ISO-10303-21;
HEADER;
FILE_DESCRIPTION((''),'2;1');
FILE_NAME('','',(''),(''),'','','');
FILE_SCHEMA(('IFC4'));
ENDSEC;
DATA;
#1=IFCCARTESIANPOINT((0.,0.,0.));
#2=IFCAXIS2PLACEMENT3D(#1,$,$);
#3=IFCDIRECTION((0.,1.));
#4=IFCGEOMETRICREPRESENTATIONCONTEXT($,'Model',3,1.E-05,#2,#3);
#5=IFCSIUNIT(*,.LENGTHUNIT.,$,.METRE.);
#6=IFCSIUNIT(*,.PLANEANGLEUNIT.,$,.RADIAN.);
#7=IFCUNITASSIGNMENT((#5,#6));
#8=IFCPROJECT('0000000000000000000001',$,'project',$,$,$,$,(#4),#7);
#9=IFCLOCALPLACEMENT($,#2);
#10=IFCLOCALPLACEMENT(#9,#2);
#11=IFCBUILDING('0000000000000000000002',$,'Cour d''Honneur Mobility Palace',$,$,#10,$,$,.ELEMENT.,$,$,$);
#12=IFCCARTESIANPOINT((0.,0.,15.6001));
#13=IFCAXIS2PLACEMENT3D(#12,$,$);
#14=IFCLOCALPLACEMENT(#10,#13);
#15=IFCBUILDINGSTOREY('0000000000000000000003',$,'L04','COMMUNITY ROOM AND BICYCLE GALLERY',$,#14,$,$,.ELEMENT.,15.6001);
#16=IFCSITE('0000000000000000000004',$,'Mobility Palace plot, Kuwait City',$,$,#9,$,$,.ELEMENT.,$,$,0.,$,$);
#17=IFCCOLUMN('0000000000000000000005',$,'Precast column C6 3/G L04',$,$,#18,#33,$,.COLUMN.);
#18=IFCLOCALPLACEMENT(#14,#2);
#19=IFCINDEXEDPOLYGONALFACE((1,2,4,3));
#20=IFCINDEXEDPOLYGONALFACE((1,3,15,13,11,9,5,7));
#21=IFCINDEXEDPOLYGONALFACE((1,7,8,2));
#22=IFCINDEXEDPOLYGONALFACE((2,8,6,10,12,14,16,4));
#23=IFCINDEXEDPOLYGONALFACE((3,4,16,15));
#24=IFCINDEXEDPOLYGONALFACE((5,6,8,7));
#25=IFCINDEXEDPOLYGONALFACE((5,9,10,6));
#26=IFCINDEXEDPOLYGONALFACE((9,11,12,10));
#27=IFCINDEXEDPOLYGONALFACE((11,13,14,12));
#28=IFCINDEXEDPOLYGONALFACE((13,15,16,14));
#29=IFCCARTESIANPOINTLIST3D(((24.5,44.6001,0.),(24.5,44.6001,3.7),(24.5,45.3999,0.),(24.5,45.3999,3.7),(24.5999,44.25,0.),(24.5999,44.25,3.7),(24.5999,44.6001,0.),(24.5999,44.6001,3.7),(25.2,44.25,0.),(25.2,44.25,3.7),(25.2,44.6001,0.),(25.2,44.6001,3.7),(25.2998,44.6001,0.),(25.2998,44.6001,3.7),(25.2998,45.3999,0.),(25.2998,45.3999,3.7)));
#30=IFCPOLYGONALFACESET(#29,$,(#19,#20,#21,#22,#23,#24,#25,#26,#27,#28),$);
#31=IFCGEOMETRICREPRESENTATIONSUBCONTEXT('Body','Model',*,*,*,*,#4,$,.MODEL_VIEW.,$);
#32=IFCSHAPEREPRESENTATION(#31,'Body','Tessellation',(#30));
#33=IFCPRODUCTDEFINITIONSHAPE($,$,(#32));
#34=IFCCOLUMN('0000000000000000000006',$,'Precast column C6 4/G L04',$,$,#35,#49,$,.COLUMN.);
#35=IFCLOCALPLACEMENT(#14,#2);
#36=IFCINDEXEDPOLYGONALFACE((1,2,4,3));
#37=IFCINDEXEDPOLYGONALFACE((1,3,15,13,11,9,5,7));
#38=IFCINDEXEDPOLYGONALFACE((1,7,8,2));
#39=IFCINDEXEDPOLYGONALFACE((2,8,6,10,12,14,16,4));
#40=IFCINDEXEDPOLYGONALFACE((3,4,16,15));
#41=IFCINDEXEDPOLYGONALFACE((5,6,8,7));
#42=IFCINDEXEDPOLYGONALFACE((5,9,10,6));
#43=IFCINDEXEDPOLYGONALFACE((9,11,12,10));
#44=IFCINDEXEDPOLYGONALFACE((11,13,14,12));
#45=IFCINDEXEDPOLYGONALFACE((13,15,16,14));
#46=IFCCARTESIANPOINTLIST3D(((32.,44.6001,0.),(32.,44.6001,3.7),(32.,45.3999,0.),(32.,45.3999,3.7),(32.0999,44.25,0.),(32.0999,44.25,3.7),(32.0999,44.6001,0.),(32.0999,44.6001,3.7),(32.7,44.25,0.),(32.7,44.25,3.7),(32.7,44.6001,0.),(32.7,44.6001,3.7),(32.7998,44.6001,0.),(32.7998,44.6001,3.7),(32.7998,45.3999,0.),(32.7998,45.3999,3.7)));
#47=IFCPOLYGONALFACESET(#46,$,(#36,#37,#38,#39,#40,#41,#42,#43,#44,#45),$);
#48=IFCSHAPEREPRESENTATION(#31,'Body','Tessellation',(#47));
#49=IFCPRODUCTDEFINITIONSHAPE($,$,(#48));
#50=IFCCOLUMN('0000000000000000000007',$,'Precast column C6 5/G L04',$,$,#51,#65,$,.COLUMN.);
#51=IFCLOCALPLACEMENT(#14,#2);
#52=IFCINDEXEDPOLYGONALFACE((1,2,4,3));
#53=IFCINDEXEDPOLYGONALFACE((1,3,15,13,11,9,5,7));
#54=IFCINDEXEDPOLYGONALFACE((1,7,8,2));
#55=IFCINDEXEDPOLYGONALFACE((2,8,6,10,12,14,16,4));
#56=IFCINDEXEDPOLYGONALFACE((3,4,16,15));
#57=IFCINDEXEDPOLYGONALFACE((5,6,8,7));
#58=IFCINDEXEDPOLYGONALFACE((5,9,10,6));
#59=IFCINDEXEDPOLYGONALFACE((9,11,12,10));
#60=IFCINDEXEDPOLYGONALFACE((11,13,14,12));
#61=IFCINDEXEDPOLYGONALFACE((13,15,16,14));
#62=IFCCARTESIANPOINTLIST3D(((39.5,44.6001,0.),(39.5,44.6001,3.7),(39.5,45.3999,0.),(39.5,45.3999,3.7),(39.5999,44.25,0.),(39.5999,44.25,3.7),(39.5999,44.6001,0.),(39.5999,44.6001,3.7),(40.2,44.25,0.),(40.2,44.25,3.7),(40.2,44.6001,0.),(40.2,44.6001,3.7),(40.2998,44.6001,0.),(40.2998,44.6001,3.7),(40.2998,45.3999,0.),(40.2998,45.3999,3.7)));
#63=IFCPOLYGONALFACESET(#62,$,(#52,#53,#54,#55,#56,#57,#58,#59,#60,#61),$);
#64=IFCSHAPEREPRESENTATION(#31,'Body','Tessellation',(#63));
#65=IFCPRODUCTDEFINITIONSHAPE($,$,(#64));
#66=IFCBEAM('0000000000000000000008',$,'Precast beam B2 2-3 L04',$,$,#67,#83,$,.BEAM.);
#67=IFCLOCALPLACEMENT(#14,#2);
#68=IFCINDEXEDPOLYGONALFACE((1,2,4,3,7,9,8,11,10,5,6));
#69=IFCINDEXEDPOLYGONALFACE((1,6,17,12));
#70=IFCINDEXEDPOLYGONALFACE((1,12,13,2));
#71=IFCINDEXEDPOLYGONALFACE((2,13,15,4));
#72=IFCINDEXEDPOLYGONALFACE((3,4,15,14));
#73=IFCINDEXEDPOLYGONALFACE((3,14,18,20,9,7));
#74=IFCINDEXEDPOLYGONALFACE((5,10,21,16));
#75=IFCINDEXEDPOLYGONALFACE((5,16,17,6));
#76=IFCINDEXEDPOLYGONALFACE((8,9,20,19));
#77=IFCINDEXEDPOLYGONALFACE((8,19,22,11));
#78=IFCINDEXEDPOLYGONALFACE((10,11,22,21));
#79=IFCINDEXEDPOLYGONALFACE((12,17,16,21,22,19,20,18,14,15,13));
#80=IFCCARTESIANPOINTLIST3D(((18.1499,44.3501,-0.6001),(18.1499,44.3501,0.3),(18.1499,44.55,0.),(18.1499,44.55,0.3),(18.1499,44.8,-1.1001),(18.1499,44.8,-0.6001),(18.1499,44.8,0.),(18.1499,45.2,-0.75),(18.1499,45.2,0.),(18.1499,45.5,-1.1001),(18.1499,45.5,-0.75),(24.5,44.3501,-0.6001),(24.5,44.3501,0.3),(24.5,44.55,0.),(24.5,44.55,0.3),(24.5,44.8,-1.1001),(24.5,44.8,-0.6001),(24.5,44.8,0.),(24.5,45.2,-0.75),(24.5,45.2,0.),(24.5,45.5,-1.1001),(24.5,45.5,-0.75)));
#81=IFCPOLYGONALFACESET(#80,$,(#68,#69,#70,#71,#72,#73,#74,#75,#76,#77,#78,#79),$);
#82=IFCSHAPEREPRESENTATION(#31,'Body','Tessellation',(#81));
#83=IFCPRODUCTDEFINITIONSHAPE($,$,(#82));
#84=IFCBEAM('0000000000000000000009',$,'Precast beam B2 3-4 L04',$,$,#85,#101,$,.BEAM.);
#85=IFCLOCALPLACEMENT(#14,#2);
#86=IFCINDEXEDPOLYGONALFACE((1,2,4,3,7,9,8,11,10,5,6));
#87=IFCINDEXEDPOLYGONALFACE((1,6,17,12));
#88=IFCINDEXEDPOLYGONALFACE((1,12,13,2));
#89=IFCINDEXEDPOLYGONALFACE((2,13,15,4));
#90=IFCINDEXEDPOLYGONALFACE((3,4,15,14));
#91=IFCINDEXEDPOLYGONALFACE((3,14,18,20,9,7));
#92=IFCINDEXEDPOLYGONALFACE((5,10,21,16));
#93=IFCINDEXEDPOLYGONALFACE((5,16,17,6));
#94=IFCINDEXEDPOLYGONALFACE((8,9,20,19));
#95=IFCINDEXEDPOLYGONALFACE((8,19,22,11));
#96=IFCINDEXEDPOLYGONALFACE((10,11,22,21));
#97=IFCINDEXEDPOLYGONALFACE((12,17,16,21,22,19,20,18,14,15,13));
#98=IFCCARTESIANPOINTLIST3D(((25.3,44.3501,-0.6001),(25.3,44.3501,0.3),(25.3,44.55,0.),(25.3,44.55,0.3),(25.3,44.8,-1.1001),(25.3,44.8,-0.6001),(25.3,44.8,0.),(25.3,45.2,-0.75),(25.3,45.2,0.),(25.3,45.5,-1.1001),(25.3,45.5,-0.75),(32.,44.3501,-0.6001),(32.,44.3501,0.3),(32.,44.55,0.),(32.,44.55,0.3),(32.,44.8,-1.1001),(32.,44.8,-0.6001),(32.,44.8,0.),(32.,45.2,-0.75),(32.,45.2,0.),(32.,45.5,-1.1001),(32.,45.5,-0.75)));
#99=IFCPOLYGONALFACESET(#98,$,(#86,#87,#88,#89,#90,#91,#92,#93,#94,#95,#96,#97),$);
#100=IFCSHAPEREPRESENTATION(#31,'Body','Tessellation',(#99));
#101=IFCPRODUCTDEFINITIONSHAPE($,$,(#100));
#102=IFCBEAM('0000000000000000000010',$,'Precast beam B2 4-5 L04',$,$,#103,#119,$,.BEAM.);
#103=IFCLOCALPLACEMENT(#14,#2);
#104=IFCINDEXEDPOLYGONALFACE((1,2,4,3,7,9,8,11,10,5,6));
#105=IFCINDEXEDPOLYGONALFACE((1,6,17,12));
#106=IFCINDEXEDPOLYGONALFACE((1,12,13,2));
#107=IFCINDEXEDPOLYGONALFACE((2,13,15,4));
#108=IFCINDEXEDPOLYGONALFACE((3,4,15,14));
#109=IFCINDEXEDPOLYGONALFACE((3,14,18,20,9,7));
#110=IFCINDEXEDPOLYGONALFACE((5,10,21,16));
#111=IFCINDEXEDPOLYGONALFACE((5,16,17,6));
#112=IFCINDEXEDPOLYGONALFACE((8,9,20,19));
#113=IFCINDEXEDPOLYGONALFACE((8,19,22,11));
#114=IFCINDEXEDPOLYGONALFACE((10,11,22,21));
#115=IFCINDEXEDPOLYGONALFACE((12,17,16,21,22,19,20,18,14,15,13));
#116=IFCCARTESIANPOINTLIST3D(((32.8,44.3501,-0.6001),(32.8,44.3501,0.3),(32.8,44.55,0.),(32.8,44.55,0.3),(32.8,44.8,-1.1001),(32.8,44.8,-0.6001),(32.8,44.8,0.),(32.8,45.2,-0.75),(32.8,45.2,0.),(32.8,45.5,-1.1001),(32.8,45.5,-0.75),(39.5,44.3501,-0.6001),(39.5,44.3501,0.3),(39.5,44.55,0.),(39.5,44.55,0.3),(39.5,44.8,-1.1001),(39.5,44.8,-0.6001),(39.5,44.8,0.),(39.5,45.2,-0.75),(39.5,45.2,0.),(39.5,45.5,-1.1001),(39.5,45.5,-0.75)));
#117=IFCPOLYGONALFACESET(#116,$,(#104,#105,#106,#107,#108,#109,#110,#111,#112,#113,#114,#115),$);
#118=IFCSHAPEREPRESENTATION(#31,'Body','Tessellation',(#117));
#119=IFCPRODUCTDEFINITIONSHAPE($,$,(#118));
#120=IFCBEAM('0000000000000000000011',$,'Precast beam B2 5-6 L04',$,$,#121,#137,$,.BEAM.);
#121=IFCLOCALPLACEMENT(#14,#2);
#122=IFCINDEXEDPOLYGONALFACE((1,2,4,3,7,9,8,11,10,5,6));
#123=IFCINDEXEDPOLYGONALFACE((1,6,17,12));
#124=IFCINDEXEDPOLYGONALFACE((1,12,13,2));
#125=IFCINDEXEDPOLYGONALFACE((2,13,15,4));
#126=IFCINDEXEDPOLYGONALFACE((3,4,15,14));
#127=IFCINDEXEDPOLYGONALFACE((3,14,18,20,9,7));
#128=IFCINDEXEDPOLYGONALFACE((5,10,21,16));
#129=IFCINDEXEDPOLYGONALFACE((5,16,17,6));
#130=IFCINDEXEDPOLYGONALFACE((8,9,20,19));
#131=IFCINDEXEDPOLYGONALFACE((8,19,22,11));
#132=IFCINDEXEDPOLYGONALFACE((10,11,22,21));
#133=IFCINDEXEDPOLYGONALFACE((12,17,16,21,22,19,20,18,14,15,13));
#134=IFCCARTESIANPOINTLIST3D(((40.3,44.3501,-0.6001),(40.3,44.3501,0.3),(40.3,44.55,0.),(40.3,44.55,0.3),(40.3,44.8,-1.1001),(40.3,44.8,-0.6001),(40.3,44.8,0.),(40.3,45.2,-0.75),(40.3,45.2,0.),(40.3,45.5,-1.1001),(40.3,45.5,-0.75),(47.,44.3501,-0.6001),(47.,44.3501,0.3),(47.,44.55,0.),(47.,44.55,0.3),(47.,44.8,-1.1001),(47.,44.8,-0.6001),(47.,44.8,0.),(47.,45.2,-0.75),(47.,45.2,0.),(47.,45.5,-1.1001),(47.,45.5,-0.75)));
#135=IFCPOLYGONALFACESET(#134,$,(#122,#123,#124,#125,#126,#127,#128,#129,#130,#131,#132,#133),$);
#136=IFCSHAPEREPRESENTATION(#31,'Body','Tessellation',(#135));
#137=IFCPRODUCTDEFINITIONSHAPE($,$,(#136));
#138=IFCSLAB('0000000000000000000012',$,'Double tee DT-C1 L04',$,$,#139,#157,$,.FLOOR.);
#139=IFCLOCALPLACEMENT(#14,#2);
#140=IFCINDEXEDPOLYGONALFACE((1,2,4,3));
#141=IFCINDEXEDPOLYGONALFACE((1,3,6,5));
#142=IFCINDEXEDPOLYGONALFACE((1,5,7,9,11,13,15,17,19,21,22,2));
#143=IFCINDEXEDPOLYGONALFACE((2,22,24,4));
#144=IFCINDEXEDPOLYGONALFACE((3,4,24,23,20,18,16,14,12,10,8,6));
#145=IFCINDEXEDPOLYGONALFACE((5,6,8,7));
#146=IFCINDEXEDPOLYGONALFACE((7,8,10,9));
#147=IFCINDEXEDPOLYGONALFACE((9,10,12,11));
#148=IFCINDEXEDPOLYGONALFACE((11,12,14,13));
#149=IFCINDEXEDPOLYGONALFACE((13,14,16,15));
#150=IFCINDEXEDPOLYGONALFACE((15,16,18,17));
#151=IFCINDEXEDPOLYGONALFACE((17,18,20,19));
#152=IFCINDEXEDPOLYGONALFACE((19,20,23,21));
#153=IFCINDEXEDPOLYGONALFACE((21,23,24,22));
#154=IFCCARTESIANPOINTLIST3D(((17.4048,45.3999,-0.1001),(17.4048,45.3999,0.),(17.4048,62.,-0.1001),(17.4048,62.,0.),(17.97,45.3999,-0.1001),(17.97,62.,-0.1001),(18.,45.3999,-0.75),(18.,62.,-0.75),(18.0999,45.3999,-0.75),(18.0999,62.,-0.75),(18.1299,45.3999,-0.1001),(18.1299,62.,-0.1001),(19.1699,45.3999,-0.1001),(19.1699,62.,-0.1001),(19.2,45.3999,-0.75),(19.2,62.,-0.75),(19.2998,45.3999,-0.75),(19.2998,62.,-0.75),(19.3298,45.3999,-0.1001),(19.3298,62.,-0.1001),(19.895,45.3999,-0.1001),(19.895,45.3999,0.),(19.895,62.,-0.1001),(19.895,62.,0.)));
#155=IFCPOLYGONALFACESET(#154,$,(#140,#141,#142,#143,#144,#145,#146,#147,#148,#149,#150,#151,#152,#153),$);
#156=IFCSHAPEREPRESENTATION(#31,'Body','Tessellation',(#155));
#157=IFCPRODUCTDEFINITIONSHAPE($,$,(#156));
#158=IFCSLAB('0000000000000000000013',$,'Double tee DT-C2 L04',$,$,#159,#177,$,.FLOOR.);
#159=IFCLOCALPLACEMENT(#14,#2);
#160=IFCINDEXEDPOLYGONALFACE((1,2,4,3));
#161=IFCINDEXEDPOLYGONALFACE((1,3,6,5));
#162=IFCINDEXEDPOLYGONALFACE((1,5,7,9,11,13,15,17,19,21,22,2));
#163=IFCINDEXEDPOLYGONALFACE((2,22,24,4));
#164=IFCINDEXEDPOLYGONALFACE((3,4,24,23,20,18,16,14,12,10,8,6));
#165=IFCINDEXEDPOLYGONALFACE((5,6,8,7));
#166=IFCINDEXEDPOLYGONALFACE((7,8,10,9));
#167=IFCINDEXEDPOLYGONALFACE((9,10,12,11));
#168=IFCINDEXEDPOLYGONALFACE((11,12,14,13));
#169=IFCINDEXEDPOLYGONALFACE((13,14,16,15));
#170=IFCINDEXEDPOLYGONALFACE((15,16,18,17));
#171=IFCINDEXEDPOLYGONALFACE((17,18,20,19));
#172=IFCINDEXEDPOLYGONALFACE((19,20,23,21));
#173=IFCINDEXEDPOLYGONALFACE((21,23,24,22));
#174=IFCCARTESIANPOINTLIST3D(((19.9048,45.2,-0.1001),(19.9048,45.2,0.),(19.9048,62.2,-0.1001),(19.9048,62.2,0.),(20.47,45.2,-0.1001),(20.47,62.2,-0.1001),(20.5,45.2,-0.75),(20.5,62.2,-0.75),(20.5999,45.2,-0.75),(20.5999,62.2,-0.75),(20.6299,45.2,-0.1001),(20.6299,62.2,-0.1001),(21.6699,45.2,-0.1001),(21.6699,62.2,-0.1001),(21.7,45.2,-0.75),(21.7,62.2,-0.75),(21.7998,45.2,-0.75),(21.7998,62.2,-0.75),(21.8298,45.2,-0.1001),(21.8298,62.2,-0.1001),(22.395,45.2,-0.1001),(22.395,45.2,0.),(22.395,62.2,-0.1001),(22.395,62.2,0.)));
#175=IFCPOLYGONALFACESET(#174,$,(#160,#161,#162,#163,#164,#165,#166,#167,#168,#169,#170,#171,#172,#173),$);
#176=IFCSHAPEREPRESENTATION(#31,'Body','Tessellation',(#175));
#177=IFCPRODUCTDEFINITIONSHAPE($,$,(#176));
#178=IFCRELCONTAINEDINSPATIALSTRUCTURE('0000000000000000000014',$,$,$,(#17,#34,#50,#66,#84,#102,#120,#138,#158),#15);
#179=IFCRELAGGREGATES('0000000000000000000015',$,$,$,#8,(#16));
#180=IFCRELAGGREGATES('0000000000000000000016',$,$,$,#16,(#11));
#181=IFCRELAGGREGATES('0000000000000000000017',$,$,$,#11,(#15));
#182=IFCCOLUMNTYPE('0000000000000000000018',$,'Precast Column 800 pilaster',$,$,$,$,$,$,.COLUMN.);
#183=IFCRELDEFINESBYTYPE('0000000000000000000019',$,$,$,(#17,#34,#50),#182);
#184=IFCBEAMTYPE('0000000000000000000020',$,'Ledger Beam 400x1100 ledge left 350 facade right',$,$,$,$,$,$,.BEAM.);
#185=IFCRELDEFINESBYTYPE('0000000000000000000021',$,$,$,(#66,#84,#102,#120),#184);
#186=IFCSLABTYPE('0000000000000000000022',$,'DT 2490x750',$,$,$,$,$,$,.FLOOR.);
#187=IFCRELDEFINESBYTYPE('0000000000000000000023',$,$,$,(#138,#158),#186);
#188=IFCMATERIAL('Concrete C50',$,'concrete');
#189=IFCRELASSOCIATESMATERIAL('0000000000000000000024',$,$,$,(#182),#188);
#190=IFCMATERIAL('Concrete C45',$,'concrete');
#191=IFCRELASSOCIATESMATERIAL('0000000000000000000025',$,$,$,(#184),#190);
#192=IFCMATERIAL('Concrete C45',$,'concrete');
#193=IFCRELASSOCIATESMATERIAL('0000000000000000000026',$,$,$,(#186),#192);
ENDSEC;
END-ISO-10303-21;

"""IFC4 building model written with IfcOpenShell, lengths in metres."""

from ifc_helpers import new_model, si_unit, direction, frame, origin, place, context, subcontext, project, spatial, polyline, outline, extrude, material, material_profile, profile_set, type_object, element, save


model = new_model("IFC4")

# Units and contexts
model_context = context("Model", 3, precision=1e-05, world=origin(), true_north=direction((0.0, 1.0)))
body_context = subcontext(model_context, "Body", "Model", "MODEL_VIEW")
ifc_project = project(units=[si_unit("LENGTHUNIT", "METRE"), si_unit("PLANEANGLEUNIT", "RADIAN")], contexts=[model_context])

# Site, building, storey
site_placement = place(None, origin())
site = spatial("IfcSite", under=ifc_project, at=site_placement, Name="Mobility Palace plot, Kuwait City", CompositionType="ELEMENT", RefElevation=0.0)
building_placement = place(site_placement, origin())
building = spatial("IfcBuilding", under=site, at=building_placement, Name="Cour d'Honneur Mobility Palace", CompositionType="ELEMENT")
storey_placement = place(building_placement, frame((0.0, 0.0, 15.6001)))
storey = spatial("IfcBuildingStorey", under=building, at=storey_placement, Name="L04", Description="COMMUNITY ROOM AND BICYCLE GALLERY", CompositionType="ELEMENT", Elevation=15.6001)

# Columns
ifc_material_1 = material(Name="Concrete C50", Category="concrete")
ifc_material_profile_1 = material_profile(ifc_material_1, outline(polyline([(-0.3999, -0.3999), (0.3999, -0.3999), (0.3999, -0.3), (0.75, -0.3), (0.75, 0.3), (0.3999, 0.3), (0.3999, 0.3999), (-0.3999, 0.3999), (-0.3999, -0.3999)])), Name="PC C800 pilaster")
ifc_profile_set_1 = profile_set([ifc_material_profile_1], Name="Concrete C50")
column_type = type_object("IfcColumnType", Name="Precast Column 800 pilaster", PredefinedType="COLUMN", material=ifc_profile_set_1)
for number, where, z_axis, x_axis, name in (
    (1, (24.8999, 45.0, 0.0), (0.0, 0.0, 1.0), (0.0, -1.0, 0.0), "Precast column C6 3/G L04"),
    (2, (32.3999, 45.0, 0.0), (0.0, 0.0, 1.0), (0.0, -1.0, 0.0), "Precast column C6 4/G L04"),
    (3, (39.8999, 45.0, 0.0), (0.0, 0.0, 1.0), (0.0, -1.0, 0.0), "Precast column C6 5/G L04"),
):
    element("IfcColumn", number, at=place(storey_placement, frame(where, z_axis=z_axis, x_axis=x_axis)), inside=storey, type_object=column_type, Name=name, PredefinedType="COLUMN", context=body_context, shape_type="SweptSolid", body=[
        extrude(outline(polyline([(-0.3999, -0.3999), (0.3999, -0.3999), (0.3999, -0.3), (0.75, -0.3), (0.75, 0.3), (0.3999, 0.3), (0.3999, 0.3999), (-0.3999, 0.3999), (-0.3999, -0.3999)])), origin(), (0.0, 0.0, 1.0), 3.7),
    ])

# Beams
ifc_material_2 = material(Name="Concrete C45", Category="concrete")
ifc_material_profile_2 = material_profile(ifc_material_2, outline(polyline([(0.5, -1.1001), (0.5, -0.75), (0.2, -0.75), (0.2, 0.0), (-0.2, 0.0), (-0.45, 0.0), (-0.45, 0.3), (-0.6499, 0.3), (-0.6499, -0.6001), (-0.2, -0.6001), (-0.2, -1.1001), (0.5, -1.1001)])), Name="Ledger Beam 400x1100 ledge left 350 facade right")
ifc_profile_set_2 = profile_set([ifc_material_profile_2], Name="Concrete C45")
beam_type = type_object("IfcBeamType", Name="Ledger Beam 400x1100 ledge left 350 facade right", PredefinedType="BEAM", material=ifc_profile_set_2)
beam_placement = place(storey_placement, frame((18.1499, 45.0, 0.0), z_axis=(1.0, 0.0, 0.0), x_axis=(0.0, 1.0, 0.0)))
element("IfcBeam", 4, at=beam_placement, inside=storey, type_object=beam_type, Name="Precast beam B2 2-3 L04", PredefinedType="BEAM", context=body_context, shape_type="SweptSolid", body=[
    extrude(outline(polyline([(0.5, -1.1001), (0.5, -0.75), (0.2, -0.75), (0.2, 0.0), (-0.2, 0.0), (-0.45, 0.0), (-0.45, 0.3), (-0.6499, 0.3), (-0.6499, -0.6001), (-0.2, -0.6001), (-0.2, -1.1001), (0.5, -1.1001)])), origin(), (0.0, 0.0, 1.0), 6.3501),
])
for number, where, z_axis, x_axis, name in (
    (5, (25.3, 45.0, 0.0), (1.0, 0.0, 0.0), (0.0, 1.0, 0.0), "Precast beam B2 3-4 L04"),
    (6, (32.8, 45.0, 0.0), (1.0, 0.0, 0.0), (0.0, 1.0, 0.0), "Precast beam B2 4-5 L04"),
    (7, (40.3, 45.0, 0.0), (1.0, 0.0, 0.0), (0.0, 1.0, 0.0), "Precast beam B2 5-6 L04"),
):
    element("IfcBeam", number, at=place(storey_placement, frame(where, z_axis=z_axis, x_axis=x_axis)), inside=storey, type_object=beam_type, Name=name, PredefinedType="BEAM", context=body_context, shape_type="SweptSolid", body=[
        extrude(outline(polyline([(0.5, -1.1001), (0.5, -0.75), (0.2, -0.75), (0.2, 0.0), (-0.2, 0.0), (-0.45, 0.0), (-0.45, 0.3), (-0.6499, 0.3), (-0.6499, -0.6001), (-0.2, -0.6001), (-0.2, -1.1001), (0.5, -1.1001)])), origin(), (0.0, 0.0, 1.0), 6.7),
    ])

# Slabs
ifc_material_3 = material(Name="Concrete C45", Category="concrete")
ifc_material_profile_3 = material_profile(ifc_material_3, outline(polyline([(-1.2451, 0.0), (1.2451, 0.0), (1.2451, -0.1001), (0.6799, -0.1001), (0.6499, -0.75), (0.55, -0.75), (0.52, -0.1001), (-0.52, -0.1001), (-0.55, -0.75), (-0.6499, -0.75), (-0.6799, -0.1001), (-1.2451, -0.1001), (-1.2451, 0.0)])), Name="DT 2490x750")
ifc_profile_set_3 = profile_set([ifc_material_profile_3], Name="Concrete C45")
slab_type = type_object("IfcSlabType", Name="DT 2490x750", PredefinedType="FLOOR", material=ifc_profile_set_3)
slab_1_placement = place(storey_placement, frame((18.6499, 45.3999, 0.0), z_axis=(0.0, 1.0, 0.0), x_axis=(-1.0, 0.0, 0.0)))
element("IfcSlab", 8, at=slab_1_placement, inside=storey, type_object=slab_type, Name="Double tee DT-C1 L04", PredefinedType="FLOOR", context=body_context, shape_type="SweptSolid", body=[
    extrude(outline(polyline([(-1.2451, 0.0), (1.2451, 0.0), (1.2451, -0.1001), (0.6799, -0.1001), (0.6499, -0.75), (0.55, -0.75), (0.52, -0.1001), (-0.52, -0.1001), (-0.55, -0.75), (-0.6499, -0.75), (-0.6799, -0.1001), (-1.2451, -0.1001), (-1.2451, 0.0)])), origin(), (0.0, 0.0, 1.0), 16.6001),
])
slab_2_placement = place(storey_placement, frame((21.1499, 45.2, 0.0), z_axis=(0.0, 1.0, 0.0), x_axis=(-1.0, 0.0, 0.0)))
element("IfcSlab", 9, at=slab_2_placement, inside=storey, type_object=slab_type, Name="Double tee DT-C2 L04", PredefinedType="FLOOR", context=body_context, shape_type="SweptSolid", body=[
    extrude(outline(polyline([(-1.2451, 0.0), (1.2451, 0.0), (1.2451, -0.1001), (0.6799, -0.1001), (0.6499, -0.75), (0.55, -0.75), (0.52, -0.1001), (-0.52, -0.1001), (-0.55, -0.75), (-0.6499, -0.75), (-0.6799, -0.1001), (-1.2451, -0.1001), (-1.2451, 0.0)])), origin(), (0.0, 0.0, 1.0), 17.0),
])

save(model, "model.ifc")
